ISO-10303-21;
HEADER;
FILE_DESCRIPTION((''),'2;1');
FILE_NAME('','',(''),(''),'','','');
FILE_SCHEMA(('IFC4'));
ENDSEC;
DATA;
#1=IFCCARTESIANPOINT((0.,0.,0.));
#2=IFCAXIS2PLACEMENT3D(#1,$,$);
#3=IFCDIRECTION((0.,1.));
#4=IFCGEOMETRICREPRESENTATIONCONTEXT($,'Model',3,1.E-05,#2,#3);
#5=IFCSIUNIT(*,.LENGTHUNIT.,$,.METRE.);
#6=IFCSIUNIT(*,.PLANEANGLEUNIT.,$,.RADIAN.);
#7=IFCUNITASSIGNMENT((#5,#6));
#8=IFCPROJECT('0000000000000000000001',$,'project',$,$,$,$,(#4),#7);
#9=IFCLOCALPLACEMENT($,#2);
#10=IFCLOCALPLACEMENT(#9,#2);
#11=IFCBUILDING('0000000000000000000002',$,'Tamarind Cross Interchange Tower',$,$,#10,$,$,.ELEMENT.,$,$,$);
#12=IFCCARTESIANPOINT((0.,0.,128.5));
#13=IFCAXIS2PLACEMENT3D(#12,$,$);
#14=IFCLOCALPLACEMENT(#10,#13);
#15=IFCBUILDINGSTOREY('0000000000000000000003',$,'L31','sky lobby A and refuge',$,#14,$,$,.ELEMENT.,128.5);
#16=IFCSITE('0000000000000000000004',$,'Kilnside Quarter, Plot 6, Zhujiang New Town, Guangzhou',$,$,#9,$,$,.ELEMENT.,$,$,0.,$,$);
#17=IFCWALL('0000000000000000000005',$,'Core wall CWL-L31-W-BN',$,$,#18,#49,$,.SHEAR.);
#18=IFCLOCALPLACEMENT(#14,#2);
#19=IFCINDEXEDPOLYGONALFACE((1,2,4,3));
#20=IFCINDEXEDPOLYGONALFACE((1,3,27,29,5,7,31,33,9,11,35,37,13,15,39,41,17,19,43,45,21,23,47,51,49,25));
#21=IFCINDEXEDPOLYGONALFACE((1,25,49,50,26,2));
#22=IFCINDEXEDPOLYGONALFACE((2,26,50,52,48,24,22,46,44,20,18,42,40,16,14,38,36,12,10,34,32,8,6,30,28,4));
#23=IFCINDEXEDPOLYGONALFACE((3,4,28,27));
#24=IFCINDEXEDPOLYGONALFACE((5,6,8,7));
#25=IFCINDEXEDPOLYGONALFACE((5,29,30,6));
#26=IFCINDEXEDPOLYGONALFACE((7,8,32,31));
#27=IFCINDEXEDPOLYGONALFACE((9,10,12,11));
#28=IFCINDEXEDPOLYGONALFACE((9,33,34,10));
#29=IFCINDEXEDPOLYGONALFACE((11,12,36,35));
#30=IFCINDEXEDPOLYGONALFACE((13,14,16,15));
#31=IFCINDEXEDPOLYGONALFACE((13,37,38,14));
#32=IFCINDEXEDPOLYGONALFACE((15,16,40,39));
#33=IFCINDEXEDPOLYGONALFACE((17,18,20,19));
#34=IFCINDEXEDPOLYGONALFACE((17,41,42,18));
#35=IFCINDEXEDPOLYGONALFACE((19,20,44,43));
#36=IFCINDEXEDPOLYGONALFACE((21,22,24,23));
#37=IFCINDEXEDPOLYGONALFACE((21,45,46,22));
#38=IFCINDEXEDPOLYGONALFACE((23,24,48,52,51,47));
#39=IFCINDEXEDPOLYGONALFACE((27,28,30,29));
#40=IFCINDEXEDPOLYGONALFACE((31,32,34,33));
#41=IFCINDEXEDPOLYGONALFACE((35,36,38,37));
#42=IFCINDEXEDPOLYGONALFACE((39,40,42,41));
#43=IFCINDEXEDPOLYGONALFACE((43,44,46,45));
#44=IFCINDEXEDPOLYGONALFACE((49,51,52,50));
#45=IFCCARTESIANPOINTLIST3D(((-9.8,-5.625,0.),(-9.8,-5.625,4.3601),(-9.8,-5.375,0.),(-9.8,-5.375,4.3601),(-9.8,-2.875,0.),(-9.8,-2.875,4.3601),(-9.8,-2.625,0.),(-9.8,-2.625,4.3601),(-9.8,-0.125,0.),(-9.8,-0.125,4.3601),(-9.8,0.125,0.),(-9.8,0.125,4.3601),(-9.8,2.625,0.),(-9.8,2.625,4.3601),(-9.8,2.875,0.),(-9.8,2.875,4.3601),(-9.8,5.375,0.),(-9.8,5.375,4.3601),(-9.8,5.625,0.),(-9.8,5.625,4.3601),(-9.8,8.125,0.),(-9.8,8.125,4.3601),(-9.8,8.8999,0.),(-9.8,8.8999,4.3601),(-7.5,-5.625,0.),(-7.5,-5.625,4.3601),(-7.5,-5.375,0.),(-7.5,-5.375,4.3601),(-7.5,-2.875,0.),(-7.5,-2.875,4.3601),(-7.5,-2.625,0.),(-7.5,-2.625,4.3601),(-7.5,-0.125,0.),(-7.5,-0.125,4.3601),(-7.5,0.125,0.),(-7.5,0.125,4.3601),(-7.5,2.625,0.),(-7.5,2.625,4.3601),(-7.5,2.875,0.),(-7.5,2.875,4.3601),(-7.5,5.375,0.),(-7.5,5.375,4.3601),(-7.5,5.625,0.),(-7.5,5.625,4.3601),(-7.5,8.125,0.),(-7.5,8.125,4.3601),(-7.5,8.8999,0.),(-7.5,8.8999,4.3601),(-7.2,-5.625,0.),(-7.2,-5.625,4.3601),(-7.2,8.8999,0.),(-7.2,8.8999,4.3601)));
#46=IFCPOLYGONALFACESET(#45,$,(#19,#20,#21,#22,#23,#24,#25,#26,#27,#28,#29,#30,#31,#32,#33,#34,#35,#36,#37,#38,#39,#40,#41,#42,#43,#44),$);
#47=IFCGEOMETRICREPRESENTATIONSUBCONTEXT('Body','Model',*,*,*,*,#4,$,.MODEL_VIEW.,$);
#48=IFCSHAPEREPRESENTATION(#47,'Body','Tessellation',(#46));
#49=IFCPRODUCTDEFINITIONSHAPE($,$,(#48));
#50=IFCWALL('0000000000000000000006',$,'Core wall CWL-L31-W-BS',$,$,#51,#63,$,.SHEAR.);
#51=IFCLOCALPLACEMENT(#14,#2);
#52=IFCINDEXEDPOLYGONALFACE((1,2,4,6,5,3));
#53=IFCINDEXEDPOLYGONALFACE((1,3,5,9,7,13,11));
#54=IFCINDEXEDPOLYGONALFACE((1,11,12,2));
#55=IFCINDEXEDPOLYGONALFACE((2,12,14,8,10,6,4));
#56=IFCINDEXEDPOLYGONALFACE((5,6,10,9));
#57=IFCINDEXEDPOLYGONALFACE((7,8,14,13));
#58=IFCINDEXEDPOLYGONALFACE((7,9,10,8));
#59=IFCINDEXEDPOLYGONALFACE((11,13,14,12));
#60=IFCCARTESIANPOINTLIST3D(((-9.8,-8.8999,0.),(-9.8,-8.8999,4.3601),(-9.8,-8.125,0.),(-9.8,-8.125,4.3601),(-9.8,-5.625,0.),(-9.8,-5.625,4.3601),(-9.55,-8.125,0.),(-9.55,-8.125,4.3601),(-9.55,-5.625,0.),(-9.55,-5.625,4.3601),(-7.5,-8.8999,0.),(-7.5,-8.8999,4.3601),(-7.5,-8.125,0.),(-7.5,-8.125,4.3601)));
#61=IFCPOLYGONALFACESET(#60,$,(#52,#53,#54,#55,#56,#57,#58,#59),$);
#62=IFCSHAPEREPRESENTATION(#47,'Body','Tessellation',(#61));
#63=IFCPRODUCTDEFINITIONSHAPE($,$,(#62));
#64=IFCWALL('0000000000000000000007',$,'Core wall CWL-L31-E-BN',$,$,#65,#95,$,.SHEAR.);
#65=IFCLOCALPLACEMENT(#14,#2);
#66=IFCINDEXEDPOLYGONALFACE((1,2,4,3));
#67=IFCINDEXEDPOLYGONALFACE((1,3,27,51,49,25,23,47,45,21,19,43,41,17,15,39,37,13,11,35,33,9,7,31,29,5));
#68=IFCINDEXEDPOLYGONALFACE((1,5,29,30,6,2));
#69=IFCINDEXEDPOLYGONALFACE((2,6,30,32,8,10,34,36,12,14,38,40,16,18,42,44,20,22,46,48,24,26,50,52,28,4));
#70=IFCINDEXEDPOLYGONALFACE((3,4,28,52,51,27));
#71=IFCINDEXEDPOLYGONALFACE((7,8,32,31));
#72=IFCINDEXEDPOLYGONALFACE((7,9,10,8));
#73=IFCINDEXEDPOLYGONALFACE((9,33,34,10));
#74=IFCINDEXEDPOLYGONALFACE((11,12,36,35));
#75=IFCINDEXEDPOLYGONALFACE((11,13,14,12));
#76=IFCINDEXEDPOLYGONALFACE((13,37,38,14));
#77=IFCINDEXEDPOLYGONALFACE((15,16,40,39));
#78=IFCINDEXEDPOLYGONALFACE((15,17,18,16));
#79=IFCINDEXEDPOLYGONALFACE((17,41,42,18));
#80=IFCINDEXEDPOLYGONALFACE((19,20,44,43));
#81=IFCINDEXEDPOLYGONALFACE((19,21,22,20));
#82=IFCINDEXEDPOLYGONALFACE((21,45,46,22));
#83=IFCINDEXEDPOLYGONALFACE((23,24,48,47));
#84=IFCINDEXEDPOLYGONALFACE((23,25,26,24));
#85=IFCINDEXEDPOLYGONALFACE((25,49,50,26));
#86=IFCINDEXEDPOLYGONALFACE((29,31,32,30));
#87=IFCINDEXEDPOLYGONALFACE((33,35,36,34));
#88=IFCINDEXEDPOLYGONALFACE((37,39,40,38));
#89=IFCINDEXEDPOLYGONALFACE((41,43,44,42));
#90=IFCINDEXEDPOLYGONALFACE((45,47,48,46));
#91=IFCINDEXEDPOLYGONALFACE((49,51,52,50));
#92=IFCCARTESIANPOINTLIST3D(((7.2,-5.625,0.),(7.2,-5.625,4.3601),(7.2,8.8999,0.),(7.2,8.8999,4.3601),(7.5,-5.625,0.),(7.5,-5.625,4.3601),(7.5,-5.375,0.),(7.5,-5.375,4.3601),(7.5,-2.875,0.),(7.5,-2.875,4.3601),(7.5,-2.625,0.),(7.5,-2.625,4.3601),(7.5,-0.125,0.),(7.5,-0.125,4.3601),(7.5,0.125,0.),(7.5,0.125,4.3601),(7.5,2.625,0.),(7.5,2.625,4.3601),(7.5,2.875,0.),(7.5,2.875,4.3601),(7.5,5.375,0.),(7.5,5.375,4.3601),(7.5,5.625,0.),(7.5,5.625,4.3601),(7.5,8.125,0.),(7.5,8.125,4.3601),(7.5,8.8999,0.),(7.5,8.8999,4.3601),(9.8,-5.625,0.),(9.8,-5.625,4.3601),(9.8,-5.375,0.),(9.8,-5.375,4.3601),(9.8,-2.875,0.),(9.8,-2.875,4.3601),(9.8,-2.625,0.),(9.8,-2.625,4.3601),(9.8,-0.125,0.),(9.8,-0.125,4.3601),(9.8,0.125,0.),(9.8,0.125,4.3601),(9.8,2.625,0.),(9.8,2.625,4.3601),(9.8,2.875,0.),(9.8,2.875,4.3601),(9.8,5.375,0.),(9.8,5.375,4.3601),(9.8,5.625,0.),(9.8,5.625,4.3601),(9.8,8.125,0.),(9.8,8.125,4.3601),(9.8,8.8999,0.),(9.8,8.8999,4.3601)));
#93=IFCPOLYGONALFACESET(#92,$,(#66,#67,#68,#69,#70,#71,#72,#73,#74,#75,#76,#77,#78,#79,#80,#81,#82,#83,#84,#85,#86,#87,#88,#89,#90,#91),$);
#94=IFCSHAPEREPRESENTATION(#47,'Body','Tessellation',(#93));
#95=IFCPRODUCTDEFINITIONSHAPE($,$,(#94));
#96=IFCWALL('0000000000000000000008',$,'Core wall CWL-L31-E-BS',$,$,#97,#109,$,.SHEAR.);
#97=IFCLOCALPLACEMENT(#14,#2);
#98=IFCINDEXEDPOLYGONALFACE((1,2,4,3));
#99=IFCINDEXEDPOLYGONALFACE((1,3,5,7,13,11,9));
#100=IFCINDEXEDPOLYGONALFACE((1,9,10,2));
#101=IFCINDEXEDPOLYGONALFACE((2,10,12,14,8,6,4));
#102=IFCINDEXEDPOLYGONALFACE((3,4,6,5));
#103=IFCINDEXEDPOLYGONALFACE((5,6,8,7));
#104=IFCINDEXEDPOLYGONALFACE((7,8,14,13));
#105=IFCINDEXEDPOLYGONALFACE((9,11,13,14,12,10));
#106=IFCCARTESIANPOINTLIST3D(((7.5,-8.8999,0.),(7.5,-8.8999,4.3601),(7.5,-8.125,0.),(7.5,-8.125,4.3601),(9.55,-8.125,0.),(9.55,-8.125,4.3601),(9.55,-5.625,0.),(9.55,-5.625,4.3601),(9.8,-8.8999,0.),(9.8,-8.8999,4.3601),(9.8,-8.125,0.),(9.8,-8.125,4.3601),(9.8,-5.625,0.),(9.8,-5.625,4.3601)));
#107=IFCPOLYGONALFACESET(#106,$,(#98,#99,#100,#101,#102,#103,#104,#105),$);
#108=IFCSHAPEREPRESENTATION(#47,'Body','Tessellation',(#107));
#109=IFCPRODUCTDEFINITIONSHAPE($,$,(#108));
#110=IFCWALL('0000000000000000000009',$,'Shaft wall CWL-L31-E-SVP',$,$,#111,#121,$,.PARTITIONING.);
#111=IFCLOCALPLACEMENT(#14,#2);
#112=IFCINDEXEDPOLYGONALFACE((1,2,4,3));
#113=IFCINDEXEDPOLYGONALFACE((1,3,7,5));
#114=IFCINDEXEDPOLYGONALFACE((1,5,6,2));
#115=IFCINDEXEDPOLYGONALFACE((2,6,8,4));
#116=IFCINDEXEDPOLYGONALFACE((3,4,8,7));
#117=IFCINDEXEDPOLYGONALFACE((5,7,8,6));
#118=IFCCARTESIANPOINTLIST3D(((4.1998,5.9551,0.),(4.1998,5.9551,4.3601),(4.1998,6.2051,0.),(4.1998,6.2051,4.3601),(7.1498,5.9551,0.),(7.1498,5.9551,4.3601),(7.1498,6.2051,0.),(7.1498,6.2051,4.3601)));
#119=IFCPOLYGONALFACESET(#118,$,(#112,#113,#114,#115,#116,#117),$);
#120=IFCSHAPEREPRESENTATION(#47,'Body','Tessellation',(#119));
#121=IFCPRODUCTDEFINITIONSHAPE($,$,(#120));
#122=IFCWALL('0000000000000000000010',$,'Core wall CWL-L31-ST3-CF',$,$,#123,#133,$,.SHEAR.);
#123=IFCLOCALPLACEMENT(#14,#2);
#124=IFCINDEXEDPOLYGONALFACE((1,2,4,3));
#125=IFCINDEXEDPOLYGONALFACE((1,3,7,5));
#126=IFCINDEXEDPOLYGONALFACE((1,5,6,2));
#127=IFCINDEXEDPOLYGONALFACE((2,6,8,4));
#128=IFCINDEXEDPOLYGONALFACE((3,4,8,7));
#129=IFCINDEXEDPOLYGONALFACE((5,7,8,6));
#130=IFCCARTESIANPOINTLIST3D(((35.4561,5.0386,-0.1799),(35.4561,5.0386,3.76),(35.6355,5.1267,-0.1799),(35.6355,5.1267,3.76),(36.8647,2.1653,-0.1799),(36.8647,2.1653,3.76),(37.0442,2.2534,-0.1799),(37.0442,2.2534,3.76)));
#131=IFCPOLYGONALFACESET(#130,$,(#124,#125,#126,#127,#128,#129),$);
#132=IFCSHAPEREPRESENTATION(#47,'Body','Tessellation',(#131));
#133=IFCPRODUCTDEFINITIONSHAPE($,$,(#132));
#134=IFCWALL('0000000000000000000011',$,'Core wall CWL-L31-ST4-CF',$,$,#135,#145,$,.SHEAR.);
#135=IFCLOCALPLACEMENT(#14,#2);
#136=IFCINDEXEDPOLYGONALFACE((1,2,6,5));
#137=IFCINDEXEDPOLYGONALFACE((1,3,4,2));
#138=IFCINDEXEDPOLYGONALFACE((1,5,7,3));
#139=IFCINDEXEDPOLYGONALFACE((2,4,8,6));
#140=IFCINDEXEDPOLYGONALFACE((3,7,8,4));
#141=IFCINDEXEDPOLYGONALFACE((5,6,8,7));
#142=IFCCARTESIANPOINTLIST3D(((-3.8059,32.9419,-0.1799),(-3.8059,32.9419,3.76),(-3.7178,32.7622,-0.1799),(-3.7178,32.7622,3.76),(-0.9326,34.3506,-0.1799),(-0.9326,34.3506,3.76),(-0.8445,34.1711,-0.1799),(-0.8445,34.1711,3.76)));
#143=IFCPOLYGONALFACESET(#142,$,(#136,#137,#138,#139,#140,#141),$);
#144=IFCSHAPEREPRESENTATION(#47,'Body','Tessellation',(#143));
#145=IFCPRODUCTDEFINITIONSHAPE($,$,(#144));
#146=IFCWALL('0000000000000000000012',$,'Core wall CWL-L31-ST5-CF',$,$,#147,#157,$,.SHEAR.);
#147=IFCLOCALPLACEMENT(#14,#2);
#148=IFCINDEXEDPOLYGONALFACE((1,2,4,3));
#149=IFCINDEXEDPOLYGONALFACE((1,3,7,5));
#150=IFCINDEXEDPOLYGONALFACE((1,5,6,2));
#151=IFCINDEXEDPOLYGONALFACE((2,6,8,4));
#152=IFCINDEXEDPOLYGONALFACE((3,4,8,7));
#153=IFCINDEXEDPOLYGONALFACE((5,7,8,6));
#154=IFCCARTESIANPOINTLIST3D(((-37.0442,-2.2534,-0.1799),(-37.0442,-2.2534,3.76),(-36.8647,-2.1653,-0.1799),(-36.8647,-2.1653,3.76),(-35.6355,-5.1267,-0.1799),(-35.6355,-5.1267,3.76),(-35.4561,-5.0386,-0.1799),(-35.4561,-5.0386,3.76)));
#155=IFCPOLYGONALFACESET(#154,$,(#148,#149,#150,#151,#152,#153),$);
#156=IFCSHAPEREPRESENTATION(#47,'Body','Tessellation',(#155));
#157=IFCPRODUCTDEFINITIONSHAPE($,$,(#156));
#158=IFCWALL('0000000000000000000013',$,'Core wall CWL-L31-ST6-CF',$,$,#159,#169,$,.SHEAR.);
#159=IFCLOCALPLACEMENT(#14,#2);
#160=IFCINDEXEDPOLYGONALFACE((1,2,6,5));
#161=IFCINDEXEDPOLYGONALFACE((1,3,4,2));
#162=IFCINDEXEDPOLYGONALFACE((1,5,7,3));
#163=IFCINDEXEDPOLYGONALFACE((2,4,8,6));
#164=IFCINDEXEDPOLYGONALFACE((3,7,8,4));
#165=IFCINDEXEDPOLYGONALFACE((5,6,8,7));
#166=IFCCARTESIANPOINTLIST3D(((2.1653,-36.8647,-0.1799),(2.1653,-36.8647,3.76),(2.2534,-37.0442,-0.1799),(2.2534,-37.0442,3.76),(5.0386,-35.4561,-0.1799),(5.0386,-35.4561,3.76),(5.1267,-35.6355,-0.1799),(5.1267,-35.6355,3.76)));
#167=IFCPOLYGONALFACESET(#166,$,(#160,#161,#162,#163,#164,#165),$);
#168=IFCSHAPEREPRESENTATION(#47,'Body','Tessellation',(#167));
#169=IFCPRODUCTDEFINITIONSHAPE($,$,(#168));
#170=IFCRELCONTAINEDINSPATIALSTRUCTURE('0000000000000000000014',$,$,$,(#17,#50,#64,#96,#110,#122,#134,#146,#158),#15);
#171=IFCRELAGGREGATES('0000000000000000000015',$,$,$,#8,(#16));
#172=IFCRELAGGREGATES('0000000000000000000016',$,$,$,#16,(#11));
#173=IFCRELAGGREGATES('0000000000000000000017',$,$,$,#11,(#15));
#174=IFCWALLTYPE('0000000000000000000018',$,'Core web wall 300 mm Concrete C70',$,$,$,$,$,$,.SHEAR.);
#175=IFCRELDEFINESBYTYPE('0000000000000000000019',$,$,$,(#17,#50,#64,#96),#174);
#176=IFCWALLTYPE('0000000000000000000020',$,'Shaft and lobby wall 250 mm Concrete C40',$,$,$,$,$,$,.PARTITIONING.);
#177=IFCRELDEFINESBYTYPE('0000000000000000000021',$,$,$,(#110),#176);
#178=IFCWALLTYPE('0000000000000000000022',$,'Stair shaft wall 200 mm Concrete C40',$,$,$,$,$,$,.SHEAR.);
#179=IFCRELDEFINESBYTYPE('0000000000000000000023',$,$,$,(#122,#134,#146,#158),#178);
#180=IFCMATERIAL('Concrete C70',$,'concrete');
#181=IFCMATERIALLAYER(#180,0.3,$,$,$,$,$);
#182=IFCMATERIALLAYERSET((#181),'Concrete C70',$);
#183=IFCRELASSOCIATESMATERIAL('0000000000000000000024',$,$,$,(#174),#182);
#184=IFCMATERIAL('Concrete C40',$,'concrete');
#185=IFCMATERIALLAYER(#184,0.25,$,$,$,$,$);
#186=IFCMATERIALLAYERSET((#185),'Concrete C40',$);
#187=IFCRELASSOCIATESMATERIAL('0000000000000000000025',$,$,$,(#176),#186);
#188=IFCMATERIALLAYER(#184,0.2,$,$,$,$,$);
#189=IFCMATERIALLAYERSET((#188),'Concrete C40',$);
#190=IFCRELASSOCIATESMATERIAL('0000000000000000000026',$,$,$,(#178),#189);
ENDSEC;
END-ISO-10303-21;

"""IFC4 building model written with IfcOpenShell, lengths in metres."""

from ifc_helpers import new_model, si_unit, direction, frame, frame_2d, origin, place, context, subcontext, project, spatial, polyline, rectangle, outline, extrude, material, layer, layer_set, type_object, element, save


model = new_model("IFC4")

# Units and contexts
model_context = context("Model", 3, precision=1e-05, world=origin(), true_north=direction((0.0, 1.0)))
body_context = subcontext(model_context, "Body", "Model", "MODEL_VIEW")
ifc_project = project(units=[si_unit("LENGTHUNIT", "METRE"), si_unit("PLANEANGLEUNIT", "RADIAN")], contexts=[model_context])

# Site, building, storey
site_placement = place(None, origin())
site = spatial("IfcSite", under=ifc_project, at=site_placement, Name="Kilnside Quarter, Plot 6, Zhujiang New Town, Guangzhou", CompositionType="ELEMENT", RefElevation=0.0)
building_placement = place(site_placement, origin())
building = spatial("IfcBuilding", under=site, at=building_placement, Name="Tamarind Cross Interchange Tower", CompositionType="ELEMENT")
storey_placement = place(building_placement, frame((0.0, 0.0, 128.5)))
storey = spatial("IfcBuildingStorey", under=building, at=storey_placement, Name="L31", Description="sky lobby A and refuge", CompositionType="ELEMENT", Elevation=128.5)

# Shared definitions
ifc_material_1 = material(Name="Concrete C40", Category="concrete")

# Walls
ifc_material_2 = material(Name="Concrete C70", Category="concrete")
ifc_layer_1 = layer(ifc_material_2, 0.3)
ifc_layer_set_1 = layer_set([ifc_layer_1], Name="Concrete C70")
wall_type_1 = type_object("IfcWallType", Name="Core web wall 300 mm Concrete C70", PredefinedType="SHEAR", material=ifc_layer_set_1)
wall_1_placement = place(storey_placement, origin())
element("IfcWall", 1, at=wall_1_placement, inside=storey, type_object=wall_type_1, Name="Core wall CWL-L31-W-BN", PredefinedType="SHEAR", context=body_context, shape_type="SweptSolid", body=[
    extrude(outline(polyline([(-9.8, -5.375), (-9.8, -5.625), (-7.5, -5.625), (-7.2, -5.625), (-7.2, 8.8999), (-7.5, 8.8999), (-9.8, 8.8999), (-9.8, 8.125), (-7.5, 8.125), (-7.5, 5.625), (-9.8, 5.625), (-9.8, 5.375), (-7.5, 5.375), (-7.5, 2.875), (-9.8, 2.875), (-9.8, 2.625), (-7.5, 2.625), (-7.5, 0.125), (-9.8, 0.125), (-9.8, -0.125), (-7.5, -0.125), (-7.5, -2.625), (-9.8, -2.625), (-9.8, -2.875), (-7.5, -2.875), (-7.5, -5.375), (-9.8, -5.375)])), origin(), (0.0, 0.0, 1.0), 4.3601),
])
wall_2_placement = place(storey_placement, origin())
element("IfcWall", 2, at=wall_2_placement, inside=storey, type_object=wall_type_1, Name="Core wall CWL-L31-W-BS", PredefinedType="SHEAR", context=body_context, shape_type="SweptSolid", body=[
    extrude(outline(polyline([(-7.5, -8.125), (-9.55, -8.125), (-9.55, -5.625), (-9.8, -5.625), (-9.8, -8.125), (-9.8, -8.8999), (-7.5, -8.8999), (-7.5, -8.125)])), origin(), (0.0, 0.0, 1.0), 4.3601),
])
wall_3_placement = place(storey_placement, origin())
element("IfcWall", 3, at=wall_3_placement, inside=storey, type_object=wall_type_1, Name="Core wall CWL-L31-E-BN", PredefinedType="SHEAR", context=body_context, shape_type="SweptSolid", body=[
    extrude(outline(polyline([(9.8, -5.375), (7.5, -5.375), (7.5, -2.875), (9.8, -2.875), (9.8, -2.625), (7.5, -2.625), (7.5, -0.125), (9.8, -0.125), (9.8, 0.125), (7.5, 0.125), (7.5, 2.625), (9.8, 2.625), (9.8, 2.875), (7.5, 2.875), (7.5, 5.375), (9.8, 5.375), (9.8, 5.625), (7.5, 5.625), (7.5, 8.125), (9.8, 8.125), (9.8, 8.8999), (7.5, 8.8999), (7.2, 8.8999), (7.2, -5.625), (7.5, -5.625), (9.8, -5.625), (9.8, -5.375)])), origin(), (0.0, 0.0, 1.0), 4.3601),
])
wall_4_placement = place(storey_placement, origin())
element("IfcWall", 4, at=wall_4_placement, inside=storey, type_object=wall_type_1, Name="Core wall CWL-L31-E-BS", PredefinedType="SHEAR", context=body_context, shape_type="SweptSolid", body=[
    extrude(outline(polyline([(7.5, -8.125), (7.5, -8.8999), (9.8, -8.8999), (9.8, -8.125), (9.8, -5.625), (9.55, -5.625), (9.55, -8.125), (7.5, -8.125)])), origin(), (0.0, 0.0, 1.0), 4.3601),
])
ifc_layer_2 = layer(ifc_material_1, 0.25)
ifc_layer_set_2 = layer_set([ifc_layer_2], Name="Concrete C40")
wall_type_2 = type_object("IfcWallType", Name="Shaft and lobby wall 250 mm Concrete C40", PredefinedType="PARTITIONING", material=ifc_layer_set_2)
wall_5_placement = place(storey_placement, frame((7.1499, 6.0801, 0.0), z_axis=(0.0, 0.0, 1.0), x_axis=(-1.0, 0.0, 0.0)))
element("IfcWall", 5, at=wall_5_placement, inside=storey, type_object=wall_type_2, Name="Shaft wall CWL-L31-E-SVP", PredefinedType="PARTITIONING", context=body_context, shape_type="SweptSolid", body=[
    extrude(rectangle(XDim=2.95, YDim=0.25, at=frame_2d((1.4751, 0.0))), origin(), (0.0, 0.0, 1.0), 4.3601),
])
ifc_layer_3 = layer(ifc_material_1, 0.2)
ifc_layer_set_3 = layer_set([ifc_layer_3], Name="Concrete C40")
wall_type_3 = type_object("IfcWallType", Name="Stair shaft wall 200 mm Concrete C40", PredefinedType="SHEAR", material=ifc_layer_set_3)
wall_6_placement = place(storey_placement, frame((0.0, 0.0, -0.1799)))
element("IfcWall", 6, at=wall_6_placement, inside=storey, type_object=wall_type_3, Name="Core wall CWL-L31-ST3-CF", PredefinedType="SHEAR", context=body_context, shape_type="SweptSolid", body=[
    extrude(outline(polyline([(36.8647, 2.1653), (37.0442, 2.2534), (35.6355, 5.1267), (35.4561, 5.0386), (36.8647, 2.1653)])), origin(), (0.0, 0.0, 1.0), 3.9399),
])
wall_7_placement = place(storey_placement, frame((0.0, 0.0, -0.1799)))
element("IfcWall", 7, at=wall_7_placement, inside=storey, type_object=wall_type_3, Name="Core wall CWL-L31-ST4-CF", PredefinedType="SHEAR", context=body_context, shape_type="SweptSolid", body=[
    extrude(outline(polyline([(-0.8445, 34.1711), (-0.9326, 34.3506), (-3.8059, 32.9419), (-3.7178, 32.7622), (-0.8445, 34.1711)])), origin(), (0.0, 0.0, 1.0), 3.9399),
])
wall_8_placement = place(storey_placement, frame((0.0, 0.0, -0.1799)))
element("IfcWall", 8, at=wall_8_placement, inside=storey, type_object=wall_type_3, Name="Core wall CWL-L31-ST5-CF", PredefinedType="SHEAR", context=body_context, shape_type="SweptSolid", body=[
    extrude(outline(polyline([(-36.8647, -2.1653), (-37.0442, -2.2534), (-35.6355, -5.1267), (-35.4561, -5.0386), (-36.8647, -2.1653)])), origin(), (0.0, 0.0, 1.0), 3.9399),
])
wall_9_placement = place(storey_placement, frame((0.0, 0.0, -0.1799)))
element("IfcWall", 9, at=wall_9_placement, inside=storey, type_object=wall_type_3, Name="Core wall CWL-L31-ST6-CF", PredefinedType="SHEAR", context=body_context, shape_type="SweptSolid", body=[
    extrude(outline(polyline([(2.1653, -36.8647), (2.2534, -37.0442), (5.1267, -35.6355), (5.0386, -35.4561), (2.1653, -36.8647)])), origin(), (0.0, 0.0, 1.0), 3.9399),
])

save(model, "model.ifc")
